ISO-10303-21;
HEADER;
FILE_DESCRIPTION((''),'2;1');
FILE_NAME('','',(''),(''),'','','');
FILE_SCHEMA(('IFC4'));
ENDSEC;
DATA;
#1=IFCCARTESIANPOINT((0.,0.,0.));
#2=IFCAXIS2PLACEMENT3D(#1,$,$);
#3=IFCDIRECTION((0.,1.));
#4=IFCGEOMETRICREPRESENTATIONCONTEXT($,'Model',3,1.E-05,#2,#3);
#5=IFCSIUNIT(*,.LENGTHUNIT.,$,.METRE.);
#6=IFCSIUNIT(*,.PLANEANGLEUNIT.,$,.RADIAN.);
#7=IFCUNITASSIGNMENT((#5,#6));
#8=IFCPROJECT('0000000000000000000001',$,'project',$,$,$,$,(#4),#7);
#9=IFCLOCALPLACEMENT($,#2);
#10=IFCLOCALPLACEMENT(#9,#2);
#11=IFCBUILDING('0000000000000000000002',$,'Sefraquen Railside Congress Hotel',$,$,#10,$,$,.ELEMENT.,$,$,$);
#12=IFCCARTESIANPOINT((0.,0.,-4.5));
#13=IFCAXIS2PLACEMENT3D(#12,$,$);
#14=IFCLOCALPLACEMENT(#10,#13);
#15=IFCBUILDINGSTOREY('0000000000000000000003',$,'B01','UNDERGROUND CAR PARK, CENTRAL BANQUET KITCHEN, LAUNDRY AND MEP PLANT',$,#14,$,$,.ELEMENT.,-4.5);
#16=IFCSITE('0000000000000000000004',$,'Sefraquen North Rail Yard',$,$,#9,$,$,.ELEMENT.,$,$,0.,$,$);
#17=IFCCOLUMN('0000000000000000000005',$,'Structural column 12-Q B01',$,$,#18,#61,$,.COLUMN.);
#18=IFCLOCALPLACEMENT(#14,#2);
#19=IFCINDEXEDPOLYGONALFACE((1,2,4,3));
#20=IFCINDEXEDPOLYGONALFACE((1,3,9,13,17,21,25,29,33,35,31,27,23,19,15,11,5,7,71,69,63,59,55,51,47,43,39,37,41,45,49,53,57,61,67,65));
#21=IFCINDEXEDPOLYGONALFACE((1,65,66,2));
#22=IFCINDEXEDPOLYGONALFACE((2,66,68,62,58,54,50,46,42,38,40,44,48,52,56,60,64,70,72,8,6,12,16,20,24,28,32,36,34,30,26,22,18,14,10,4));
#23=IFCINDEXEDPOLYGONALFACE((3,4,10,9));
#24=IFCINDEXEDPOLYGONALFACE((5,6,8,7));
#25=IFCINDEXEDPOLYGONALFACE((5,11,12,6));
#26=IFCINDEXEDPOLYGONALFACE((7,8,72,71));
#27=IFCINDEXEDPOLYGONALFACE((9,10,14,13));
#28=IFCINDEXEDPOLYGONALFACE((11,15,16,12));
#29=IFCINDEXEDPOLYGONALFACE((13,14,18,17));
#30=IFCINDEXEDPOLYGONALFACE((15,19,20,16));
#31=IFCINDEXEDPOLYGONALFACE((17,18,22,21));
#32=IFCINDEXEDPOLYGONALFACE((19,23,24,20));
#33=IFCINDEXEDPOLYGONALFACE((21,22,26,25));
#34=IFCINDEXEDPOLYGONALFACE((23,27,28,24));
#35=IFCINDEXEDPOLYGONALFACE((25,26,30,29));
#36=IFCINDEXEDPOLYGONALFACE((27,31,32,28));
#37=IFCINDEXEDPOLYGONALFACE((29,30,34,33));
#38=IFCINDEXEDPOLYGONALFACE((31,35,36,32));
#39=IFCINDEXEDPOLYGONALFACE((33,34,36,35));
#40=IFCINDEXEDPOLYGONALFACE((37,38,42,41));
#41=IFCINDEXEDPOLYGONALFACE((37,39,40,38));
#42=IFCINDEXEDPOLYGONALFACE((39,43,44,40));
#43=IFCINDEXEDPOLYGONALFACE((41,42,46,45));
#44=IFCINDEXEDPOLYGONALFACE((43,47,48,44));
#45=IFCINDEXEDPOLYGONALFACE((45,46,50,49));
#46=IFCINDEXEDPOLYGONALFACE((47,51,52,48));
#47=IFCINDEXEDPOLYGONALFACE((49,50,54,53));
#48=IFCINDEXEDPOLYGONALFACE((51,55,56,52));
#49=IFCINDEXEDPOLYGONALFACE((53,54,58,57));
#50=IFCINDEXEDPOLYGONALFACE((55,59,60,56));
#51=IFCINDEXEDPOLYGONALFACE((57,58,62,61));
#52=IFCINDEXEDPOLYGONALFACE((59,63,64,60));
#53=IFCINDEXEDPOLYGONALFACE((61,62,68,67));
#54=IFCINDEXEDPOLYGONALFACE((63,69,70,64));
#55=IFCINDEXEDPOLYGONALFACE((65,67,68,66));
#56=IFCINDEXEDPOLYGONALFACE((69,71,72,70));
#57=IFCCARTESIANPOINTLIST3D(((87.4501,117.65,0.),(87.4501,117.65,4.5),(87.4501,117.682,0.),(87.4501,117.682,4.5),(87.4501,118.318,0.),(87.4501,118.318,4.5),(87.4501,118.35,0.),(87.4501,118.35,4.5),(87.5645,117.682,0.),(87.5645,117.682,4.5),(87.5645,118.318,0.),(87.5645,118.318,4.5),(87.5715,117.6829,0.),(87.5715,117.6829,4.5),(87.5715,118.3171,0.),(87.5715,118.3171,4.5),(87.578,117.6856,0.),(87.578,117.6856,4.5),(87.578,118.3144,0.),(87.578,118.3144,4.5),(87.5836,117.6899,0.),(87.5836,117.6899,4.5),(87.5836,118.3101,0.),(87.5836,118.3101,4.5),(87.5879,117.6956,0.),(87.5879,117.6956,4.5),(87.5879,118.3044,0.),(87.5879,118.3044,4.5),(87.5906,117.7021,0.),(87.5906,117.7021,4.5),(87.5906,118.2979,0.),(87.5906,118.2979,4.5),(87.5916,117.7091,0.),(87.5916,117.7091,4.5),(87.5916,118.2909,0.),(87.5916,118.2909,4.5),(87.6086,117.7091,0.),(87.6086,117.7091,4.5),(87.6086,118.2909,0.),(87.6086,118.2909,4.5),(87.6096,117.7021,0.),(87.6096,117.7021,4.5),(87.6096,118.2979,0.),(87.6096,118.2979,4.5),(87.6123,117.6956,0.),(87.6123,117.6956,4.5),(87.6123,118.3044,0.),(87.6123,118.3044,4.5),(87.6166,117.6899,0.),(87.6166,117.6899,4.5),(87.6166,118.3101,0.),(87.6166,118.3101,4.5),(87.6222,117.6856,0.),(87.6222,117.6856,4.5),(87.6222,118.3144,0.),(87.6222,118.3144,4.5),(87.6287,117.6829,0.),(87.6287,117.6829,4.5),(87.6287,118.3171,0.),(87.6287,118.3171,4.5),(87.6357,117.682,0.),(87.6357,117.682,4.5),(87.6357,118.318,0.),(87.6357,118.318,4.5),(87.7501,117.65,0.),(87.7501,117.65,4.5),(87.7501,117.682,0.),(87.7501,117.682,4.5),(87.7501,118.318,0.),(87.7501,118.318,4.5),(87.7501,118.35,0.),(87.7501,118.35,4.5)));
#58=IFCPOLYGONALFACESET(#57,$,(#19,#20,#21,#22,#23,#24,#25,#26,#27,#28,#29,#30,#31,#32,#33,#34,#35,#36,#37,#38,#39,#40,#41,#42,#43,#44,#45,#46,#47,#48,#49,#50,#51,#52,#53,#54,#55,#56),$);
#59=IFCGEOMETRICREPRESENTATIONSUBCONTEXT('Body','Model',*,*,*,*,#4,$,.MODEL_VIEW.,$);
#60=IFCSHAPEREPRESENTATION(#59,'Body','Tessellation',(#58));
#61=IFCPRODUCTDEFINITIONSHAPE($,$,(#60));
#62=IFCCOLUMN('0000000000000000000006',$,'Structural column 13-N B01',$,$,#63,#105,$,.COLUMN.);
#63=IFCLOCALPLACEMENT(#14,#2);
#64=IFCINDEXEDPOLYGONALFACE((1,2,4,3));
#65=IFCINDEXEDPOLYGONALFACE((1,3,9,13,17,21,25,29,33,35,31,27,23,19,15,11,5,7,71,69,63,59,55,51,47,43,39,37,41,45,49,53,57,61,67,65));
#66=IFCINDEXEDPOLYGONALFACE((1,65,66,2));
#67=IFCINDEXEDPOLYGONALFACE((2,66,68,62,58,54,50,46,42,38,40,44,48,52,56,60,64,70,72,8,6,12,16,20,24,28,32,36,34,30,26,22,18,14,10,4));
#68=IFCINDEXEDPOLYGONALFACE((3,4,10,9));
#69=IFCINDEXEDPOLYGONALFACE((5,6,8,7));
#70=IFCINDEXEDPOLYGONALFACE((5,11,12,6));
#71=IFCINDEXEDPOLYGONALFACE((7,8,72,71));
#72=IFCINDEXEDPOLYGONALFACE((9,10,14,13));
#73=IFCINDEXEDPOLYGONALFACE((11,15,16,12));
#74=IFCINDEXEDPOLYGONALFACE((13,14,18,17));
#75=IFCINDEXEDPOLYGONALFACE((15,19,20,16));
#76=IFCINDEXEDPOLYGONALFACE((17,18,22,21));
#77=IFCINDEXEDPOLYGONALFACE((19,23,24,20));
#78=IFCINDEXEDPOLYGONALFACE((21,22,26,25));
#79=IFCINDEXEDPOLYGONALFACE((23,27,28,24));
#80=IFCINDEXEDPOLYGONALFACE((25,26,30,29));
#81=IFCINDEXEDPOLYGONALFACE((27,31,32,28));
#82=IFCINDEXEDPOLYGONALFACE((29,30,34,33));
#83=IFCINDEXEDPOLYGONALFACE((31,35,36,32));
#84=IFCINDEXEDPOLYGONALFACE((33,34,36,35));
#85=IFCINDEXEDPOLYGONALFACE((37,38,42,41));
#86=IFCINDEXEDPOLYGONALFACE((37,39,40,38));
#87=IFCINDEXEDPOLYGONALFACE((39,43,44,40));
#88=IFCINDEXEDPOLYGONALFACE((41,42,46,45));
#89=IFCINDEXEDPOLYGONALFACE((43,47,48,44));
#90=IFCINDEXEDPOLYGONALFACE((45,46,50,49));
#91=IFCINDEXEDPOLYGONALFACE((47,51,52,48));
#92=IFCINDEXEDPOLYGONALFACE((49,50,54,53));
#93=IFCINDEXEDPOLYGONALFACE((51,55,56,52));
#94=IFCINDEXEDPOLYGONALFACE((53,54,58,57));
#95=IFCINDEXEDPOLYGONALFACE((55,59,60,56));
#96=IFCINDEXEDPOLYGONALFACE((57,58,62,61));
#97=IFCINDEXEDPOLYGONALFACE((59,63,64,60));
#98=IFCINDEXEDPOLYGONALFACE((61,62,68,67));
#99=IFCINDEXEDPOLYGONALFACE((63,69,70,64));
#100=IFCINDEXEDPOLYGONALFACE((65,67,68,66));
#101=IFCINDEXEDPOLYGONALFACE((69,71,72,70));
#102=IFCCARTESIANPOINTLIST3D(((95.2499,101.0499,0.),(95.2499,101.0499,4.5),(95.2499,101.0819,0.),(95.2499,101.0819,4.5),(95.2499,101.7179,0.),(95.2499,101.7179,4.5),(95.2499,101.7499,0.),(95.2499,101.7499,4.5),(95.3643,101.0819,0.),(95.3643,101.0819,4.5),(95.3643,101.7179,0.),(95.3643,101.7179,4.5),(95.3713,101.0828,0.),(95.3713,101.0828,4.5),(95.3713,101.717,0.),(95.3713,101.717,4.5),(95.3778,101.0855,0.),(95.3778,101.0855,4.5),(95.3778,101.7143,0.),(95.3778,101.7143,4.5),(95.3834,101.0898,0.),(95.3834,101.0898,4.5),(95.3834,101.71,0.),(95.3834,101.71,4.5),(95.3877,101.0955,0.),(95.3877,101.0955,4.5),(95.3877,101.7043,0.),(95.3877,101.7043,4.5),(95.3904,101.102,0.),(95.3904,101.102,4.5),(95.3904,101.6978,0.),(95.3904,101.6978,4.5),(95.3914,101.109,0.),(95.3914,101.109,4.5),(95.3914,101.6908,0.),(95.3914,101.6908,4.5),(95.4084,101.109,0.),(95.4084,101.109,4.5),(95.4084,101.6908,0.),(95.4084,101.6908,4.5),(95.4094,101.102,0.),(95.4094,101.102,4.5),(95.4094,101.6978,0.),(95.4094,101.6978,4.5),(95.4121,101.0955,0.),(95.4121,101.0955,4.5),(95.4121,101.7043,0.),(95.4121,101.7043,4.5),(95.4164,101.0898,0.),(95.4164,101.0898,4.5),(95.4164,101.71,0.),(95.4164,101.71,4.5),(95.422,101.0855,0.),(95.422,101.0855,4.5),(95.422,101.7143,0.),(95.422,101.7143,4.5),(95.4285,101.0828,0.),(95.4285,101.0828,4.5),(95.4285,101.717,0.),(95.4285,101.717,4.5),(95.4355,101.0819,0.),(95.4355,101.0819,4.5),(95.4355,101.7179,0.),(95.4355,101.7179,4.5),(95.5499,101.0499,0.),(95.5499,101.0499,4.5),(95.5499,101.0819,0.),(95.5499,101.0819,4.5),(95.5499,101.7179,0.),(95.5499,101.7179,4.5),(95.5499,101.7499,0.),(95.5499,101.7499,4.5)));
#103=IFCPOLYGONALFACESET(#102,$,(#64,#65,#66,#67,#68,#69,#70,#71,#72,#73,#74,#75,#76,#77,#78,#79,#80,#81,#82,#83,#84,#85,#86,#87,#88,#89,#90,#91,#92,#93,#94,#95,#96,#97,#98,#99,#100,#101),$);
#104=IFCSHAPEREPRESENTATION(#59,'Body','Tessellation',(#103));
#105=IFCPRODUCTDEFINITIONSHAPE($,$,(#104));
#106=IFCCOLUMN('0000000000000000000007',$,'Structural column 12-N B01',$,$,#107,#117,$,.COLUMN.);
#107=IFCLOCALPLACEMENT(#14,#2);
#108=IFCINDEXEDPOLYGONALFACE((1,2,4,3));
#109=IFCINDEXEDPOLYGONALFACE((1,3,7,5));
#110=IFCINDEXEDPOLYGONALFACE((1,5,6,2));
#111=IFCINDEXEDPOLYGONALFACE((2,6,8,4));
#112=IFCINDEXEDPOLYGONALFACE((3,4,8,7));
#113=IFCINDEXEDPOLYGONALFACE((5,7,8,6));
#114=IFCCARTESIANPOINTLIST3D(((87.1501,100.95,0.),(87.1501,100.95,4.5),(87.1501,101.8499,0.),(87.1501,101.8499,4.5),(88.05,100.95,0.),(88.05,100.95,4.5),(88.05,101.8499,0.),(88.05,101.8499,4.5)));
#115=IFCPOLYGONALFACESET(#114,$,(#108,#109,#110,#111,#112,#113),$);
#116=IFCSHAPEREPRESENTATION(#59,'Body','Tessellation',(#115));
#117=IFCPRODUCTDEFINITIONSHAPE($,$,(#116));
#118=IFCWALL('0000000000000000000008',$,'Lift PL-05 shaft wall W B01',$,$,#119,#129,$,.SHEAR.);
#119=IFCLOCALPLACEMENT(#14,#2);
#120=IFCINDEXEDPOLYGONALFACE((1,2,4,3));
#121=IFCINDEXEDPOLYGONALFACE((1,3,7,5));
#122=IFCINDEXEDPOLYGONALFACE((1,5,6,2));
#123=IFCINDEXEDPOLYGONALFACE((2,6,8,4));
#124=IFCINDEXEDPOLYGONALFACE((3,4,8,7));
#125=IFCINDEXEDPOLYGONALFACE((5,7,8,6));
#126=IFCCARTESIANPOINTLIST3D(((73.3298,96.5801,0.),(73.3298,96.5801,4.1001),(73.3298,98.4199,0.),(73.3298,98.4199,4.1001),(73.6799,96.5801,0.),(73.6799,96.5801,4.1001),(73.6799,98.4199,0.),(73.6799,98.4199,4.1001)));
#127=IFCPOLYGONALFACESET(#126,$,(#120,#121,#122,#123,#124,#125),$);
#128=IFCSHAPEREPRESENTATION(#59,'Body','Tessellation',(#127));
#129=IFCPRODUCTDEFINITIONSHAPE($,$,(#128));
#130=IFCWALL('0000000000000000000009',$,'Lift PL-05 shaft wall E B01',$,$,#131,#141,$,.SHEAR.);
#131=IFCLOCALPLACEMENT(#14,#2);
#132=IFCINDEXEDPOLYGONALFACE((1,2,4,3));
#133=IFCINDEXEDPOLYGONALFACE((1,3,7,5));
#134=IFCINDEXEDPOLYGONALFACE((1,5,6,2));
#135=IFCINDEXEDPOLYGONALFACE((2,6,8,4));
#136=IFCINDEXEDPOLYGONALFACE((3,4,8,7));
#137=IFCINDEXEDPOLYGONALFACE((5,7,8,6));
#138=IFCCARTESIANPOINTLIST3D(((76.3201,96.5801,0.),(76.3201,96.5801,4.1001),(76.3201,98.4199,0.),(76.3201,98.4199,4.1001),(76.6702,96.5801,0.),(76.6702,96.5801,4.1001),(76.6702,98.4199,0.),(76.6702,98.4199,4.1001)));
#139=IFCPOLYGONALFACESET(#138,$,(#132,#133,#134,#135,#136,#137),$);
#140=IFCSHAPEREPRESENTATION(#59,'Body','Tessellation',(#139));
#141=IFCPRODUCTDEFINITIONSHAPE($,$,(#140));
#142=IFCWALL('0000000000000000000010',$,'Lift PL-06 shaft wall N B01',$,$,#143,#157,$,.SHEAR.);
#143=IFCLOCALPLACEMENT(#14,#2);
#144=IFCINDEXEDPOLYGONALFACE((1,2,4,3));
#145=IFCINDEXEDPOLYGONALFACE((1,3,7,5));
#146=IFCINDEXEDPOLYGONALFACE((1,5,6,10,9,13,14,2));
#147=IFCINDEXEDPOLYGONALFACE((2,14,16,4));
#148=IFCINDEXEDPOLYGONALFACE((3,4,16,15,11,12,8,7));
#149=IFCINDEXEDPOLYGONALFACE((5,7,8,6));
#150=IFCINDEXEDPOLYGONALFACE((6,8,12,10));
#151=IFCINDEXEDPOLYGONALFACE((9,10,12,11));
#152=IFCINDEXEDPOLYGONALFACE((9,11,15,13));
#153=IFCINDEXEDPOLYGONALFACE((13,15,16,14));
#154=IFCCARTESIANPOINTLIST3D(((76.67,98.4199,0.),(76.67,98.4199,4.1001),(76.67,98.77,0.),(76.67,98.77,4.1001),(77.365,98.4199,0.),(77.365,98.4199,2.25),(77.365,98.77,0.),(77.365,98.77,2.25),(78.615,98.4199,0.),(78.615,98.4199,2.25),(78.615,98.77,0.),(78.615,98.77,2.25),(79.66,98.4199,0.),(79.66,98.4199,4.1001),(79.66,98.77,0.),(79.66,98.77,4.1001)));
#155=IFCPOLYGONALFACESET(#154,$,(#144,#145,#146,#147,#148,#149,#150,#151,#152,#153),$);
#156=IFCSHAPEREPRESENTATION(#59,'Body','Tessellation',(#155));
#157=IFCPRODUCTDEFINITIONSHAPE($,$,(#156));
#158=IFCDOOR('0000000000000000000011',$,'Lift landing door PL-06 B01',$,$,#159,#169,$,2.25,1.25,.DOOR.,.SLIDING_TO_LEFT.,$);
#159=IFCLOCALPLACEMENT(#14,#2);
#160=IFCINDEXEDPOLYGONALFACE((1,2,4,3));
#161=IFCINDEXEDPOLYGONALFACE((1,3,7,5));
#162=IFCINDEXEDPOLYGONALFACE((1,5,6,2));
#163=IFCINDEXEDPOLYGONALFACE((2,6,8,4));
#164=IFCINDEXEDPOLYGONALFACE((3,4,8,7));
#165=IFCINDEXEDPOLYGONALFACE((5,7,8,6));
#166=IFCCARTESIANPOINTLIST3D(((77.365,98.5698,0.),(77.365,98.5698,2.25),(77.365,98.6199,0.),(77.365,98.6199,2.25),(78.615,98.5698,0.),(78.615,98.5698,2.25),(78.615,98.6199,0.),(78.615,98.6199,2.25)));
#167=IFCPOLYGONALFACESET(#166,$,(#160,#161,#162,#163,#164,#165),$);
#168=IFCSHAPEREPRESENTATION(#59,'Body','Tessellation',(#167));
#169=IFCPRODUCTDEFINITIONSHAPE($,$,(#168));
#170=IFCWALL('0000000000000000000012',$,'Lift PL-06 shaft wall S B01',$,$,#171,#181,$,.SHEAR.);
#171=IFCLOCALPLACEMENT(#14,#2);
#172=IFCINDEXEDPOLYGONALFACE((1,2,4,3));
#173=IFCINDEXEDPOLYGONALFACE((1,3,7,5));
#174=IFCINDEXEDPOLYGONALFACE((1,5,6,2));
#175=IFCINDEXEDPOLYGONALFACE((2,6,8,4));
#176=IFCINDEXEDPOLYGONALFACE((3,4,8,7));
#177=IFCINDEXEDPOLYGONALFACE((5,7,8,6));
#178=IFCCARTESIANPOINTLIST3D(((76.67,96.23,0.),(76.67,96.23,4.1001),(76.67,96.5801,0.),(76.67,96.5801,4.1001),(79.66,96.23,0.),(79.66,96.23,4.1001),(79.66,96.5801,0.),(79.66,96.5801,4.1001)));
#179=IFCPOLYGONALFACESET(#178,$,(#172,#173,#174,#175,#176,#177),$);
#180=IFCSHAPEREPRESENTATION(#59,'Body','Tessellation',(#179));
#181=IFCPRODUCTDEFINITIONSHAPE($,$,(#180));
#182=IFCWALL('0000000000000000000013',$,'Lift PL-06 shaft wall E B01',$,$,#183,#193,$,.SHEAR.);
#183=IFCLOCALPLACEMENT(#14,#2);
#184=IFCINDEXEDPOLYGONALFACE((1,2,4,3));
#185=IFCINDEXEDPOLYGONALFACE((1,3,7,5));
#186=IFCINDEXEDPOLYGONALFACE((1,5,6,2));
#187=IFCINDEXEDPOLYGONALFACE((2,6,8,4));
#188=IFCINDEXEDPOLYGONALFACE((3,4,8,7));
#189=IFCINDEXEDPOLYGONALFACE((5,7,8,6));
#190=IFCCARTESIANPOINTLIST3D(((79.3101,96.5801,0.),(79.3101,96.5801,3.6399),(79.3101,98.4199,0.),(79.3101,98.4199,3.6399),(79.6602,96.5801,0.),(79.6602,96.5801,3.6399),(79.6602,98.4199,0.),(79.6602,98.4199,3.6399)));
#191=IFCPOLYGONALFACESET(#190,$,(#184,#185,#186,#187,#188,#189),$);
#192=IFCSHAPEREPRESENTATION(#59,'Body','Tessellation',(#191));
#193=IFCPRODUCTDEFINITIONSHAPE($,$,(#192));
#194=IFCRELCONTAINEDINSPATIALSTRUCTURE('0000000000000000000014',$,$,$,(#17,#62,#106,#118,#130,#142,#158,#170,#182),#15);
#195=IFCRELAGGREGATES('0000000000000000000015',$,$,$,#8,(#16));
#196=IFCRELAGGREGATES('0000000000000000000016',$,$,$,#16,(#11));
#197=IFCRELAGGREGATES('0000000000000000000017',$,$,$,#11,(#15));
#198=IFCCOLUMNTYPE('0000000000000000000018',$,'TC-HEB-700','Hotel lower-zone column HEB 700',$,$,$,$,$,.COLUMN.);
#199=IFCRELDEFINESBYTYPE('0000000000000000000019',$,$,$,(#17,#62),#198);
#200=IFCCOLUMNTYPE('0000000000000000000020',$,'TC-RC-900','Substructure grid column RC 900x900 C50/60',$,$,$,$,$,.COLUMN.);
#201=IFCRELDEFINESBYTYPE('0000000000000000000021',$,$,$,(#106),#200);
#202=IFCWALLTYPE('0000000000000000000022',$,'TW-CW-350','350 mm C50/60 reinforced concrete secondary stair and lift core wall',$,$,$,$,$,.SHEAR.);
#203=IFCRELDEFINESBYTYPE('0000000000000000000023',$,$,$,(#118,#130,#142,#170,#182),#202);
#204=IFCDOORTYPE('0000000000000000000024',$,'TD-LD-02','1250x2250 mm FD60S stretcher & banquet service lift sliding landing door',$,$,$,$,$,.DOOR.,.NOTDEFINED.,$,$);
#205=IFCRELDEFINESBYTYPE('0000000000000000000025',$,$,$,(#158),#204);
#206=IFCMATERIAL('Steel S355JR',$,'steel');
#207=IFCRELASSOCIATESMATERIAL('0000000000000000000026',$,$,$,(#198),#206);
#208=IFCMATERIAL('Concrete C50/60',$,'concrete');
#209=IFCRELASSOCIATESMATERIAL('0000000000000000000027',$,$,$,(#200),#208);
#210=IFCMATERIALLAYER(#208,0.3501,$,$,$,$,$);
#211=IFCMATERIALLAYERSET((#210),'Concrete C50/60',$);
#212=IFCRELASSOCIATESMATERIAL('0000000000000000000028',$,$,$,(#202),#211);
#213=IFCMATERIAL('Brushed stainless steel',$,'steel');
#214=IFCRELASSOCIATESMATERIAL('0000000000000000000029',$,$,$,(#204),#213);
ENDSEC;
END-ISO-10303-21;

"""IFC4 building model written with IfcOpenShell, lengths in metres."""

from ifc_helpers import new_model, si_unit, direction, frame, frame_2d, origin, origin_2d, place, context, subcontext, project, spatial, rectangle, i_section, extrude, material, layer, layer_set, material_profile, profile_set, type_object, element, fill, save


model = new_model("IFC4")

# Units and contexts
model_context = context("Model", 3, precision=1e-05, world=origin(), true_north=direction((0.0, 1.0)))
body_context = subcontext(model_context, "Body", "Model", "MODEL_VIEW")
ifc_project = project(units=[si_unit("LENGTHUNIT", "METRE"), si_unit("PLANEANGLEUNIT", "RADIAN")], contexts=[model_context])

# Site, building, storey
site_placement = place(None, origin())
site = spatial("IfcSite", under=ifc_project, at=site_placement, Name="Sefraquen North Rail Yard", CompositionType="ELEMENT", RefElevation=0.0)
building_placement = place(site_placement, origin())
building = spatial("IfcBuilding", under=site, at=building_placement, Name="Sefraquen Railside Congress Hotel", CompositionType="ELEMENT")
storey_placement = place(building_placement, frame((0.0, 0.0, -4.5)))
storey = spatial("IfcBuildingStorey", under=building, at=storey_placement, Name="B01", Description="UNDERGROUND CAR PARK, CENTRAL BANQUET KITCHEN, LAUNDRY AND MEP PLANT", CompositionType="ELEMENT", Elevation=-4.5)

# Columns
ifc_material_1 = material(Name="Steel S355JR", Category="steel")
ifc_material_profile_1 = material_profile(ifc_material_1, i_section(OverallWidth=0.3, OverallDepth=0.7, WebThickness=0.0171, FlangeThickness=0.032, FilletRadius=0.0271, at=origin_2d()), Name="HEB 700")
ifc_profile_set_1 = profile_set([ifc_material_profile_1], Name="Steel S355JR")
column_type_1 = type_object("IfcColumnType", Name="TC-HEB-700", Description="Hotel lower-zone column HEB 700", PredefinedType="COLUMN", material=ifc_profile_set_1)
for number, where, z_axis, x_axis, name in (
    (1, (87.6001, 118.0, 0.0), (0.0, 0.0, 1.0), (1.0, 0.0, 0.0), "Structural column 12-Q B01"),
    (2, (95.3999, 101.3999, 0.0), (0.0, 0.0, 1.0), (1.0, 0.0, 0.0), "Structural column 13-N B01"),
):
    element("IfcColumn", number, at=place(storey_placement, frame(where, z_axis=z_axis, x_axis=x_axis)), inside=storey, type_object=column_type_1, Name=name, PredefinedType="COLUMN", context=body_context, shape_type="SweptSolid", body=[
        extrude(i_section(OverallWidth=0.3, OverallDepth=0.7, WebThickness=0.0171, FlangeThickness=0.032, FilletRadius=0.0271, at=origin_2d()), origin(), (0.0, 0.0, 1.0), 4.5),
    ])
ifc_material_2 = material(Name="Concrete C50/60", Category="concrete")
ifc_material_profile_2 = material_profile(ifc_material_2, rectangle(XDim=0.8999, YDim=0.8999, at=origin_2d()), Name="RC 900x900")
ifc_profile_set_2 = profile_set([ifc_material_profile_2], Name="Concrete C50/60")
column_type_2 = type_object("IfcColumnType", Name="TC-RC-900", Description="Substructure grid column RC 900x900 C50/60", PredefinedType="COLUMN", material=ifc_profile_set_2)
column_placement = place(storey_placement, frame((87.6001, 101.3999, 0.0), z_axis=(0.0, 0.0, 1.0), x_axis=(1.0, 0.0, 0.0)))
element("IfcColumn", 3, at=column_placement, inside=storey, type_object=column_type_2, Name="Structural column 12-N B01", PredefinedType="COLUMN", context=body_context, shape_type="SweptSolid", body=[
    extrude(rectangle(XDim=0.8999, YDim=0.8999, at=origin_2d()), origin(), (0.0, 0.0, 1.0), 4.5),
])

# Walls
ifc_layer_1 = layer(ifc_material_2, 0.3501)
ifc_layer_set_1 = layer_set([ifc_layer_1], Name="Concrete C50/60")
wall_type_1 = type_object("IfcWallType", Name="TW-CW-350", Description="350 mm C50/60 reinforced concrete secondary stair and lift core wall", PredefinedType="SHEAR", material=ifc_layer_set_1)
for number, where, z_axis, x_axis, name in (
    (4, (73.5049, 96.5801, 0.0), (0.0, 0.0, 1.0), (0.0, 1.0, 0.0), "Lift PL-05 shaft wall W B01"),
    (5, (76.4951, 96.5801, 0.0), (0.0, 0.0, 1.0), (0.0, 1.0, 0.0), "Lift PL-05 shaft wall E B01"),
):
    element("IfcWall", number, at=place(storey_placement, frame(where, z_axis=z_axis, x_axis=x_axis)), inside=storey, type_object=wall_type_1, Name=name, PredefinedType="SHEAR", context=body_context, shape_type="SweptSolid", body=[
        extrude(rectangle(XDim=1.8398, YDim=0.3501, at=frame_2d((0.9199, 0.0))), origin(), (0.0, 0.0, 1.0), 4.1001),
    ])

# Wall, opening, door
wall_1_placement = place(storey_placement, frame((76.6699, 98.595, 0.0), z_axis=(0.0, 0.0, 1.0), x_axis=(1.0, 0.0, 0.0)))
wall_1 = element("IfcWall", 6, at=wall_1_placement, inside=storey, type_object=wall_type_1, Name="Lift PL-06 shaft wall N B01", PredefinedType="SHEAR", context=body_context, shape_type="SweptSolid", body=[
    extrude(rectangle(XDim=2.99, YDim=0.3501, at=frame_2d((1.4951, 0.0))), origin(), (0.0, 0.0, 1.0), 4.1001),
])
opening_1_placement = place(wall_1_placement, frame((0.6951, 0.0, 0.0)))
opening_1 = element("IfcOpeningElement", 7, at=opening_1_placement, cuts=wall_1, PredefinedType="OPENING", context=body_context, shape_type="SweptSolid", body=[
    extrude(rectangle(XDim=1.25, YDim=2.25, at=frame_2d((0.625, 1.125))), frame((0.0, 0.1851, 0.0), z_axis=(0.0, -1.0, 0.0), x_axis=(1.0, 0.0, 0.0)), (0.0, 0.0, 1.0), 0.3701),
])
ifc_material_3 = material(Name="Brushed stainless steel", Category="steel")
door_type_1 = type_object("IfcDoorType", Name="TD-LD-02", Description="1250x2250 mm FD60S stretcher & banquet service lift sliding landing door", OperationType="NOTDEFINED", PredefinedType="DOOR", material=ifc_material_3)
door_1_placement = place(opening_1_placement, origin())
door_1 = element("IfcDoor", 8, at=door_1_placement, inside=storey, type_object=door_type_1, Name="Lift landing door PL-06 B01", OperationType="SLIDING_TO_LEFT", OverallHeight=2.25, OverallWidth=1.25, PredefinedType="DOOR", context=body_context, shape_type="SweptSolid", body=[
    extrude(rectangle(XDim=1.25, YDim=2.25, at=frame_2d((0.625, 1.125))), frame((0.0, 0.0249, 0.0), z_axis=(0.0, -1.0, 0.0), x_axis=(1.0, 0.0, 0.0)), (0.0, 0.0, 1.0), 0.05),
])
fill(opening_1, door_1)

# Walls
wall_2_placement = place(storey_placement, frame((76.6699, 96.405, 0.0), z_axis=(0.0, 0.0, 1.0), x_axis=(1.0, 0.0, 0.0)))
element("IfcWall", 9, at=wall_2_placement, inside=storey, type_object=wall_type_1, Name="Lift PL-06 shaft wall S B01", PredefinedType="SHEAR", context=body_context, shape_type="SweptSolid", body=[
    extrude(rectangle(XDim=2.99, YDim=0.3501, at=frame_2d((1.4951, 0.0))), origin(), (0.0, 0.0, 1.0), 4.1001),
])
wall_3_placement = place(storey_placement, frame((79.4851, 96.5801, 0.0), z_axis=(0.0, 0.0, 1.0), x_axis=(0.0, 1.0, 0.0)))
element("IfcWall", 10, at=wall_3_placement, inside=storey, type_object=wall_type_1, Name="Lift PL-06 shaft wall E B01", PredefinedType="SHEAR", context=body_context, shape_type="SweptSolid", body=[
    extrude(rectangle(XDim=1.8398, YDim=0.3501, at=frame_2d((0.9199, 0.0))), origin(), (0.0, 0.0, 1.0), 3.6399),
])

save(model, "model.ifc")
